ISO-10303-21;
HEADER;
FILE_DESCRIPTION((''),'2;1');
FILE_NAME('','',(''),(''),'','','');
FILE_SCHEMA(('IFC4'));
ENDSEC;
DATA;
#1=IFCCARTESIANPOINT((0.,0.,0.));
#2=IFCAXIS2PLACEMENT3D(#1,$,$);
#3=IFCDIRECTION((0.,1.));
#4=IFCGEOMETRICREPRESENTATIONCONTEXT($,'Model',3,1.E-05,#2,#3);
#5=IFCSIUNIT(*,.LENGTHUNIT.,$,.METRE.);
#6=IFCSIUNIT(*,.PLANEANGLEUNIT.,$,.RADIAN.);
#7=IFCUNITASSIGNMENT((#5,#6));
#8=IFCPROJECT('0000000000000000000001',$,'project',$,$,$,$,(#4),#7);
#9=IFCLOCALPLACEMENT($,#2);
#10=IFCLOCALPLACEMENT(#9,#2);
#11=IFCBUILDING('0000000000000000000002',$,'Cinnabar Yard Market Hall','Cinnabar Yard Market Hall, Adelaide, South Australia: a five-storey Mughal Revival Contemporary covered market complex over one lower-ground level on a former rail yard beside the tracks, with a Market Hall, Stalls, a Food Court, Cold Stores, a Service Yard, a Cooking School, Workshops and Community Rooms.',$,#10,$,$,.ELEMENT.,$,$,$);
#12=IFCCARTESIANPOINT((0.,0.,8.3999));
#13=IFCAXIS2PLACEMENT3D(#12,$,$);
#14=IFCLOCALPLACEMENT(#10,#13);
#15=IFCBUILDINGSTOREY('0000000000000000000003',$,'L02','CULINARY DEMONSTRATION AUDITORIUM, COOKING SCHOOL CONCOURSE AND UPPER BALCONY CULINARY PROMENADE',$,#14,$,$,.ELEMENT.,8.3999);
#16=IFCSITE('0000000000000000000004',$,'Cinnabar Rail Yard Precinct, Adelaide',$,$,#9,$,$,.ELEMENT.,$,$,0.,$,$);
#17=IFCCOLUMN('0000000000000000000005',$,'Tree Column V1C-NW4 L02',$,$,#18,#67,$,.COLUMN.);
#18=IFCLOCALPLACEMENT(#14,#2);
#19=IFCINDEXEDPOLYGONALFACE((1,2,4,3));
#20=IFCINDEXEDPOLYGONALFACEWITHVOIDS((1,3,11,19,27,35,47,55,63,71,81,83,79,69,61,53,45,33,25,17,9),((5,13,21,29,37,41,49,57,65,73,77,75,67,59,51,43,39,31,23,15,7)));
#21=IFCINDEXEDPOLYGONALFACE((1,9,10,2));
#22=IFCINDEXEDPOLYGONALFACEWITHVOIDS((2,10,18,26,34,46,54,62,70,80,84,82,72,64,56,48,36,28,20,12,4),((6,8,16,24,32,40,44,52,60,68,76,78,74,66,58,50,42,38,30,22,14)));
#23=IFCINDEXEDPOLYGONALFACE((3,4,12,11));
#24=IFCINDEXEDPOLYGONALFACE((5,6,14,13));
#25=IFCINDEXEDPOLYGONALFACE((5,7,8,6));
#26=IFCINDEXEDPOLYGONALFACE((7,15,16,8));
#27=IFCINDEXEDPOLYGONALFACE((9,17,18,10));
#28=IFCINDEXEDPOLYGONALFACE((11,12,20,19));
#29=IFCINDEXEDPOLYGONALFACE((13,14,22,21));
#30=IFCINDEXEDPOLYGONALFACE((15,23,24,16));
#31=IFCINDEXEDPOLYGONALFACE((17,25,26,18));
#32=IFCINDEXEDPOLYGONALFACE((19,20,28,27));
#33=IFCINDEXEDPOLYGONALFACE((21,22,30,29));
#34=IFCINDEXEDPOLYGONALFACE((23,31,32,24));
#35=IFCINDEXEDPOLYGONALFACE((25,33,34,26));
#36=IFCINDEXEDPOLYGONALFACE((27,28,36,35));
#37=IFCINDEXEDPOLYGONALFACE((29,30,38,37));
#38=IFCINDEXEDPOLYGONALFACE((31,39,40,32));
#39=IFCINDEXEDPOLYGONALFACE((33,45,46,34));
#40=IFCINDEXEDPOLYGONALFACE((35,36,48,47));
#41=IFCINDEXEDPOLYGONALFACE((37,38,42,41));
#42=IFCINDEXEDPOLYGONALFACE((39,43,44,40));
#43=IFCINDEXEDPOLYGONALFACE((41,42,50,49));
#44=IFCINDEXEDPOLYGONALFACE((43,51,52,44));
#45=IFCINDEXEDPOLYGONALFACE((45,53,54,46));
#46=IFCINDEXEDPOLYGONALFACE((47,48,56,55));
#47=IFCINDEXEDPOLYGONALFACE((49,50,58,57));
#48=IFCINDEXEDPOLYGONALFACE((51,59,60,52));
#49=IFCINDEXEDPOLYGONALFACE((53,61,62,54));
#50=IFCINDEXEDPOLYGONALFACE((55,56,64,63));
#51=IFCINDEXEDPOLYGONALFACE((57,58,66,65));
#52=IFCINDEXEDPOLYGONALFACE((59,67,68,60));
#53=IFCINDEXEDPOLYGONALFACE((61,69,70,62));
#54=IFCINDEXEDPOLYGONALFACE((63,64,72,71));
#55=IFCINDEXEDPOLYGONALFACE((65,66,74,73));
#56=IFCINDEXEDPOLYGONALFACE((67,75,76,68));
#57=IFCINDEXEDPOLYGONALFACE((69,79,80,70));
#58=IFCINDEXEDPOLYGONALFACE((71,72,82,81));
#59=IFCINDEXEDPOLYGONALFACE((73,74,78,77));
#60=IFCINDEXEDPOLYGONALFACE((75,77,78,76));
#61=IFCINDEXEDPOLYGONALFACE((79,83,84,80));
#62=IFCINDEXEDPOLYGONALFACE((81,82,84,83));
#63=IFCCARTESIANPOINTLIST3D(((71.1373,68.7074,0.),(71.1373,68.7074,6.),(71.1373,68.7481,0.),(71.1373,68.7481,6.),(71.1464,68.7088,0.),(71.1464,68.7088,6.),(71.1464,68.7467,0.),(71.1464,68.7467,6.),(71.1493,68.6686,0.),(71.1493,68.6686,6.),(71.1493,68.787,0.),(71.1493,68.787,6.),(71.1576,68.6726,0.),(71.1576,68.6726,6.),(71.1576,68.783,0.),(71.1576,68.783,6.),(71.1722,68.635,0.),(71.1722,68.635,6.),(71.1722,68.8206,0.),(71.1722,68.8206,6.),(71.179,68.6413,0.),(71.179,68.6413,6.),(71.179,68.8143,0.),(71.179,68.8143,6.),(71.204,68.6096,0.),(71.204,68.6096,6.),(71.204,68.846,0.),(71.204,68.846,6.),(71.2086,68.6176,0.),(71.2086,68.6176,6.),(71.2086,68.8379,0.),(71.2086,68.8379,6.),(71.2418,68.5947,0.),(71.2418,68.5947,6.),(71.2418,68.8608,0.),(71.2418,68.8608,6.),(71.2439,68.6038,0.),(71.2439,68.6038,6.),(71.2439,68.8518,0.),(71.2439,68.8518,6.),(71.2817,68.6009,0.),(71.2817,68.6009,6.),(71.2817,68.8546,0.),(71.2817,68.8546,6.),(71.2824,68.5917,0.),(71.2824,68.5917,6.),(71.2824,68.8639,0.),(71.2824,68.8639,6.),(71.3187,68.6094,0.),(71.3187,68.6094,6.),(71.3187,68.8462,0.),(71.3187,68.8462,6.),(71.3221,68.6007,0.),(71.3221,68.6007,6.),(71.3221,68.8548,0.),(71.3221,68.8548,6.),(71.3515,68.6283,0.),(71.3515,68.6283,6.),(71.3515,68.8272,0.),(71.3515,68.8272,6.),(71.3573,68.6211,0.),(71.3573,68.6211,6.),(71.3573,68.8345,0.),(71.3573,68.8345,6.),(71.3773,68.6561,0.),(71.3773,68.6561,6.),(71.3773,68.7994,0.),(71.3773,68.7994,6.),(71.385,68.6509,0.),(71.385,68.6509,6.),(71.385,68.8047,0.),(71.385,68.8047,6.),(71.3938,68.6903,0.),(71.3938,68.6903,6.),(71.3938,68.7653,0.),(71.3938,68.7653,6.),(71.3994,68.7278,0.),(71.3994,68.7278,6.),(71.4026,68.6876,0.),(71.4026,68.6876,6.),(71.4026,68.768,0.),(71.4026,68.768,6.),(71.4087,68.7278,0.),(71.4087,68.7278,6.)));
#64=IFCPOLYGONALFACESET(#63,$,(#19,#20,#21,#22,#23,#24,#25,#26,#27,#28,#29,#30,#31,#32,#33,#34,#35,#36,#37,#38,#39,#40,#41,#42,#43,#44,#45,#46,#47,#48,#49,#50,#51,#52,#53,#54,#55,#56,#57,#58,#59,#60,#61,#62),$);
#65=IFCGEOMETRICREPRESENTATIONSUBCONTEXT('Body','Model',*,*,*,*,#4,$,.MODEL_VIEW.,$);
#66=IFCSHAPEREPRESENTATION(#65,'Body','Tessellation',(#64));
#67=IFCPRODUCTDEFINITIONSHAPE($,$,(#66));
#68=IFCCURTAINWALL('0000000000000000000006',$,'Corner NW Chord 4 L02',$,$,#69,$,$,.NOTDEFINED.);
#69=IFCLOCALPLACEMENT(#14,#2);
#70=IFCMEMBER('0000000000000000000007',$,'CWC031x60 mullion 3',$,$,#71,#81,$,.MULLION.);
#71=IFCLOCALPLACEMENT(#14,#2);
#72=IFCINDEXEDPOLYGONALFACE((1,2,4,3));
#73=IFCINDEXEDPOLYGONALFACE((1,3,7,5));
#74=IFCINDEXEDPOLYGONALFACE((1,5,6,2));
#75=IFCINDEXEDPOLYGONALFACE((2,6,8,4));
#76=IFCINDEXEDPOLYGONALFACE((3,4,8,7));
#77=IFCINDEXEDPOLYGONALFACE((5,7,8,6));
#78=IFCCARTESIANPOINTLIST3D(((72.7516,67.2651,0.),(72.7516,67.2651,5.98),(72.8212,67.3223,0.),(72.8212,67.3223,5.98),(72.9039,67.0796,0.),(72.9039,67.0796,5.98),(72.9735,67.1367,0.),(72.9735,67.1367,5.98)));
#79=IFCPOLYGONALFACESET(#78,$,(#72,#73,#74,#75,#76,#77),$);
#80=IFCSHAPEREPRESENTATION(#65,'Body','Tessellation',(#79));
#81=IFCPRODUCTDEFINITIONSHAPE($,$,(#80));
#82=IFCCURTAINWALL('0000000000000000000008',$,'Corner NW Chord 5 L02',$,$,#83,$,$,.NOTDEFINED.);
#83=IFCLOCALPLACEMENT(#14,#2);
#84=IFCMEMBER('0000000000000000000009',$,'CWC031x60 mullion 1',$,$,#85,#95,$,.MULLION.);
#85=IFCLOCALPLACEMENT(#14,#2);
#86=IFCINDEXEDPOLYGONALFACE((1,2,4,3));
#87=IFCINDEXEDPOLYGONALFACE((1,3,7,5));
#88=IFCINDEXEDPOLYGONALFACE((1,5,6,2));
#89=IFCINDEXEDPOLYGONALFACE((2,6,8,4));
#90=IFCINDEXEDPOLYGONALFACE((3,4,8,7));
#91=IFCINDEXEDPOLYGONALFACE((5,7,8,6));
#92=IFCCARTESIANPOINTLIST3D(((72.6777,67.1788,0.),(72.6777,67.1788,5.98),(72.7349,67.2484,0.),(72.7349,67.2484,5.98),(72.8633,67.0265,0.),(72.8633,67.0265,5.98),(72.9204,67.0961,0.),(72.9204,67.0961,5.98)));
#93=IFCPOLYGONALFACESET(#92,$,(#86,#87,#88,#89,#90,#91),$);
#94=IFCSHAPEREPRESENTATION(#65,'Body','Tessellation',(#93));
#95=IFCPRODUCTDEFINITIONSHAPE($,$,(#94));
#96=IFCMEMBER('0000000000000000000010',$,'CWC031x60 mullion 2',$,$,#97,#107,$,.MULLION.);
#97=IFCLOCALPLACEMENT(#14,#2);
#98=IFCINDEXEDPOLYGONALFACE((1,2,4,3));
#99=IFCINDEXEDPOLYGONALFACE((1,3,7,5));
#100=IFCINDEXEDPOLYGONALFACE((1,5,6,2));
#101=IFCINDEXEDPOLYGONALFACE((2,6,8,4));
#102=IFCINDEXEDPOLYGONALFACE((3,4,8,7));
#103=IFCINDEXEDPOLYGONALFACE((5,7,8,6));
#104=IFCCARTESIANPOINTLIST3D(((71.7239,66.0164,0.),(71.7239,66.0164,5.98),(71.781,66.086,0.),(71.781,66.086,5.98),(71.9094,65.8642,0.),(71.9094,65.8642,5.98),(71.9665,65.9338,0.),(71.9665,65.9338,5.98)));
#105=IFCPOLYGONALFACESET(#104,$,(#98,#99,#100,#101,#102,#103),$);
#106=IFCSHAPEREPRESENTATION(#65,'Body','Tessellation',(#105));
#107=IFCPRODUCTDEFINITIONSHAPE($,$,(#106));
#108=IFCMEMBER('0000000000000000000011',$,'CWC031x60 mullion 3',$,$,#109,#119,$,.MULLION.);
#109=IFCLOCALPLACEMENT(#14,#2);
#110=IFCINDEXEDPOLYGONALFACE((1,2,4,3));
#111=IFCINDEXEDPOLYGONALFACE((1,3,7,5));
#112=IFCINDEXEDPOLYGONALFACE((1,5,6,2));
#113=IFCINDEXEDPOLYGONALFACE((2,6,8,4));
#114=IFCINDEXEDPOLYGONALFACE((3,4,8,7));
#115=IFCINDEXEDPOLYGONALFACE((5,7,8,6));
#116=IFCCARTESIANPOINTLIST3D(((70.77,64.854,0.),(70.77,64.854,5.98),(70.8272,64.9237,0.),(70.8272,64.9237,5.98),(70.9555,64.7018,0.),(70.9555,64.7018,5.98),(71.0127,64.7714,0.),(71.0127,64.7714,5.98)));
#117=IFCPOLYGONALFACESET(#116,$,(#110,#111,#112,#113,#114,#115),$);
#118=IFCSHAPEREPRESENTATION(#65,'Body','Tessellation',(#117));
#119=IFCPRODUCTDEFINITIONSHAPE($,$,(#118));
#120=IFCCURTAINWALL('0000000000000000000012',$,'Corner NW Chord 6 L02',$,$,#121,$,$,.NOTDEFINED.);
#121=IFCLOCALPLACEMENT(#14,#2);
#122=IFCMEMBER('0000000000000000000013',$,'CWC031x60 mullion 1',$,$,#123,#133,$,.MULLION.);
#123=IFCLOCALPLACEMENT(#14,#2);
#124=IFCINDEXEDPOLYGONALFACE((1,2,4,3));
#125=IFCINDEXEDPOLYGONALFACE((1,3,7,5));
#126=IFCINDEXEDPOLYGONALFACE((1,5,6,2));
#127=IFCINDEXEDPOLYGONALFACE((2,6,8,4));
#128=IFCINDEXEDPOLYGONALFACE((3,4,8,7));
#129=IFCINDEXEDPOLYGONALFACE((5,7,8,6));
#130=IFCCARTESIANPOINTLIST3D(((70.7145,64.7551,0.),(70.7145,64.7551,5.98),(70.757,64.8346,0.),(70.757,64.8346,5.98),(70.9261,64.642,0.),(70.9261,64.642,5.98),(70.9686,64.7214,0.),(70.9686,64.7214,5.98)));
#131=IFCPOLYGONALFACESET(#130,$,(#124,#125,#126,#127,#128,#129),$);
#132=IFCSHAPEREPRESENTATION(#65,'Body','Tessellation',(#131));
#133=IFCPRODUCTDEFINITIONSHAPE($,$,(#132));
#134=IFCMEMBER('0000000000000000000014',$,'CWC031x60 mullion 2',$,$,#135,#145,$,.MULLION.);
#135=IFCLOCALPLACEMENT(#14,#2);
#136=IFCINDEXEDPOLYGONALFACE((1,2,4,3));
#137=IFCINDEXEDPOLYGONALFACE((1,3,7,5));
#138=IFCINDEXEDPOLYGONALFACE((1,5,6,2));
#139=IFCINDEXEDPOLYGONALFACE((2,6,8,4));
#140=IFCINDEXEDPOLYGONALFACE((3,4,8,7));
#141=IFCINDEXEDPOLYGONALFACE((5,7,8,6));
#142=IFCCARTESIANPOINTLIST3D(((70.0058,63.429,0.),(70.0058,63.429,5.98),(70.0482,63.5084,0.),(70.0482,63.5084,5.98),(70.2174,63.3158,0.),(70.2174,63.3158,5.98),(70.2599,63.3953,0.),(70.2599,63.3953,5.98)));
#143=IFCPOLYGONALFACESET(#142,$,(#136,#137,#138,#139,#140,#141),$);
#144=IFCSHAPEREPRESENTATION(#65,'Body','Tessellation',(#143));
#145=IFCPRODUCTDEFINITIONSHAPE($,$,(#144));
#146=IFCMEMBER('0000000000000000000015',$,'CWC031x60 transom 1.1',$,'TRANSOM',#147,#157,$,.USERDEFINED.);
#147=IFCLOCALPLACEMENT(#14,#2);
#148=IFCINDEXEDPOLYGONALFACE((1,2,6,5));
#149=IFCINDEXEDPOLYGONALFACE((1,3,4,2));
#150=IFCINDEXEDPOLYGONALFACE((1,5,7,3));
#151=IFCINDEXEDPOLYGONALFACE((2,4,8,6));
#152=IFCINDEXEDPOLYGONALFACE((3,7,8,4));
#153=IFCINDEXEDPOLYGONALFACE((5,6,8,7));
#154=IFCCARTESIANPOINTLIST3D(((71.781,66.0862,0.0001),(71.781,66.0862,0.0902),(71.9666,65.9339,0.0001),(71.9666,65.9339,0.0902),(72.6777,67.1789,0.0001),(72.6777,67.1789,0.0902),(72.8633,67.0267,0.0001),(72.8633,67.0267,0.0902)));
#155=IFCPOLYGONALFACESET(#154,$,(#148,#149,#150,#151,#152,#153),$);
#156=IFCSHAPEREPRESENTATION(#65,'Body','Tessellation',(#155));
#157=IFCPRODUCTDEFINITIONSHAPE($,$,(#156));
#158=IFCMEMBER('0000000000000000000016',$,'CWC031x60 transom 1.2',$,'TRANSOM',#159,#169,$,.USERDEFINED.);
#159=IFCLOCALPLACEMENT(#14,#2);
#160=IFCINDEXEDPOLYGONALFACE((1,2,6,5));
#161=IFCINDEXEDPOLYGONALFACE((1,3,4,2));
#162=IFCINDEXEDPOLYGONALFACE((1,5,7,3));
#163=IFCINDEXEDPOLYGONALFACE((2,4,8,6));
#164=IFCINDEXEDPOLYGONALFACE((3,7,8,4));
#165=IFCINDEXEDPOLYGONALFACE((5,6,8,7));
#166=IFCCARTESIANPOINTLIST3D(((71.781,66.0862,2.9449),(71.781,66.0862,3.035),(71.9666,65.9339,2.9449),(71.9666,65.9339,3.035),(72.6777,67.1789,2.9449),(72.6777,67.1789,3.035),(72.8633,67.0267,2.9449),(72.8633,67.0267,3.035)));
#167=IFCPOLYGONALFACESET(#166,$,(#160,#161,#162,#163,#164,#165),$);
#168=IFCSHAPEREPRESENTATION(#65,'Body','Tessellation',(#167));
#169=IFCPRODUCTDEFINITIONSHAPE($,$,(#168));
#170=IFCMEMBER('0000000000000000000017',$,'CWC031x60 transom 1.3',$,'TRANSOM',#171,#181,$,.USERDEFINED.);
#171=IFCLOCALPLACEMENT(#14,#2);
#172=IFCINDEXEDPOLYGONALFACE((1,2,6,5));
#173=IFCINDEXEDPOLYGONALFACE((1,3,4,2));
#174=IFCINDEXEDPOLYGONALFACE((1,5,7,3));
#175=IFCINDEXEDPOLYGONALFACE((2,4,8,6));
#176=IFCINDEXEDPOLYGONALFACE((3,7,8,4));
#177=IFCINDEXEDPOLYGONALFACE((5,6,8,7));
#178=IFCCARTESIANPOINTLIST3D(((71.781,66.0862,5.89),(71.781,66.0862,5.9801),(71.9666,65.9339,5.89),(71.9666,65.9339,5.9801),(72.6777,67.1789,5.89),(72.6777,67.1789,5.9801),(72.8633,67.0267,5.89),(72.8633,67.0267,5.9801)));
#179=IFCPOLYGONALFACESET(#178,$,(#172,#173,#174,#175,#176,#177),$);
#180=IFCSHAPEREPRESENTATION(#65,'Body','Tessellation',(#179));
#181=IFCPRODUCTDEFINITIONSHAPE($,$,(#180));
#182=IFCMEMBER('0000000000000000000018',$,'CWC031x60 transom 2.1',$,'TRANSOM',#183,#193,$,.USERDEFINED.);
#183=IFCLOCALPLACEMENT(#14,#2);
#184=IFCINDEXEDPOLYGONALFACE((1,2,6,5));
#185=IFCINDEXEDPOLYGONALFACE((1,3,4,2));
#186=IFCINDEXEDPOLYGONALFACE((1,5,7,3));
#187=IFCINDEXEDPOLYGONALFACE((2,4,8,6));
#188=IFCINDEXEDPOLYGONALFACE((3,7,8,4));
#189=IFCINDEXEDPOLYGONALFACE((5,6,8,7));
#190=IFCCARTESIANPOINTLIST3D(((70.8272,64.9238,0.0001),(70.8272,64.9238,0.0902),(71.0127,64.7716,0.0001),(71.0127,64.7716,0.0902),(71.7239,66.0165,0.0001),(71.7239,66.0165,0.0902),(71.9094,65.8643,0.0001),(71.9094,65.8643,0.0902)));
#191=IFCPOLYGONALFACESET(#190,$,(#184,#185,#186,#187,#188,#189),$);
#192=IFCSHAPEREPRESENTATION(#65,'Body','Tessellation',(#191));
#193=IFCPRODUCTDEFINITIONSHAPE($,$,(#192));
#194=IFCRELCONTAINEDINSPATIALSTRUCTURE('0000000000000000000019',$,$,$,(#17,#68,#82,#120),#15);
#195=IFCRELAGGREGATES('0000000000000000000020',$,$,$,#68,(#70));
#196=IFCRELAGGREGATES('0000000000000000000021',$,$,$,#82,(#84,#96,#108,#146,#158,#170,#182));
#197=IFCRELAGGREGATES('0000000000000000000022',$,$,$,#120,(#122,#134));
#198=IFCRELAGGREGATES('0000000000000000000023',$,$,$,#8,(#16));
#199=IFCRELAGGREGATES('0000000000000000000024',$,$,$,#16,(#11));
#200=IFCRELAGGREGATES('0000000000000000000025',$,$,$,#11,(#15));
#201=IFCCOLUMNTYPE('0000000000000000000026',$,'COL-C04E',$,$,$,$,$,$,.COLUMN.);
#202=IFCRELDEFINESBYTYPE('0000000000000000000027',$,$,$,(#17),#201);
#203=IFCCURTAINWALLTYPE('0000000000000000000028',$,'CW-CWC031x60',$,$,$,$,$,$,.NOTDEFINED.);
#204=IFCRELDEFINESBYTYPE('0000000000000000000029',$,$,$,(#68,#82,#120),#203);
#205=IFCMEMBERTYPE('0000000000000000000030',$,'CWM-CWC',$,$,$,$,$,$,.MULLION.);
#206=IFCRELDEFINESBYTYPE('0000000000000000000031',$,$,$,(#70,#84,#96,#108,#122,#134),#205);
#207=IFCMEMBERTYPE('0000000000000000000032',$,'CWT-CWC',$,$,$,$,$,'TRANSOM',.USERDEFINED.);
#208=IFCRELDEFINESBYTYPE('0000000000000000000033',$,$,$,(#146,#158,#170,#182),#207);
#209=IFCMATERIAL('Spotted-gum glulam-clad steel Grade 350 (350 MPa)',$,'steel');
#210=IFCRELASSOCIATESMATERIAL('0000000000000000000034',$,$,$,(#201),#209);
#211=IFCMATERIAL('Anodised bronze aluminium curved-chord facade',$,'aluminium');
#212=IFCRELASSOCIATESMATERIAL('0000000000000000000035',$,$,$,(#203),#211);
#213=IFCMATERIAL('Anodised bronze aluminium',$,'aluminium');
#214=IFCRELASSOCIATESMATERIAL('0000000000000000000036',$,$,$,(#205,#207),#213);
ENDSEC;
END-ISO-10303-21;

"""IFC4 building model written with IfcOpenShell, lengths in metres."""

from ifc_helpers import new_model, si_unit, direction, frame, origin, origin_2d_with_axis, place, context, subcontext, project, spatial, rectangle, hollow_circle, extrude, material, material_profile, profile_set, type_object, element, aggregate, save


model = new_model("IFC4")

# Units and contexts
model_context = context("Model", 3, precision=1e-05, world=origin(), true_north=direction((0.0, 1.0)))
body_context = subcontext(model_context, "Body", "Model", "MODEL_VIEW")
ifc_project = project(units=[si_unit("LENGTHUNIT", "METRE"), si_unit("PLANEANGLEUNIT", "RADIAN")], contexts=[model_context])

# Site, building, storey
site_placement = place(None, origin())
site = spatial("IfcSite", under=ifc_project, at=site_placement, Name="Cinnabar Rail Yard Precinct, Adelaide", CompositionType="ELEMENT", RefElevation=0.0)
building_placement = place(site_placement, origin())
building = spatial("IfcBuilding", under=site, at=building_placement, Name="Cinnabar Yard Market Hall", Description="Cinnabar Yard Market Hall, Adelaide, South Australia: a five-storey Mughal Revival Contemporary covered market complex over one lower-ground level on a former rail yard beside the tracks, with a Market Hall, Stalls, a Food Court, Cold Stores, a Service Yard, a Cooking School, Workshops and Community Rooms.", CompositionType="ELEMENT")
storey_placement = place(building_placement, frame((0.0, 0.0, 8.3999)))
storey = spatial("IfcBuildingStorey", under=building, at=storey_placement, Name="L02", Description="CULINARY DEMONSTRATION AUDITORIUM, COOKING SCHOOL CONCOURSE AND UPPER BALCONY CULINARY PROMENADE", CompositionType="ELEMENT", Elevation=8.3999)

# Column
ifc_material_1 = material(Name="Spotted-gum glulam-clad steel Grade 350 (350 MPa)", Category="steel")
ifc_material_profile_1 = material_profile(ifc_material_1, hollow_circle(Radius=0.1365, WallThickness=0.0093, at=origin_2d_with_axis()), Name="273.1x9.3CHS")
ifc_profile_set_1 = profile_set([ifc_material_profile_1], Name="Spotted-gum glulam-clad steel Grade 350 (350 MPa)")
column_type = type_object("IfcColumnType", Name="COL-C04E", PredefinedType="COLUMN", material=ifc_profile_set_1)
column_placement = place(storey_placement, frame((71.2722, 68.7278, 0.0), z_axis=(0.0, 0.0, 1.0), x_axis=(1.0, 0.0, 0.0)))
element("IfcColumn", 1, at=column_placement, inside=storey, type_object=column_type, Name="Tree Column V1C-NW4 L02", PredefinedType="COLUMN", context=body_context, shape_type="SweptSolid", body=[
    extrude(hollow_circle(Radius=0.1365, WallThickness=0.0093, at=origin_2d_with_axis()), origin(), (0.0, 0.0, 1.0), 6.0),
])

# Curtain wall, member
ifc_material_2 = material(Name="Anodised bronze aluminium curved-chord facade", Category="aluminium")
curtain_wall_type = type_object("IfcCurtainWallType", Name="CW-CWC031x60", PredefinedType="NOTDEFINED", material=ifc_material_2)
curtain_wall_1_placement = place(storey_placement, origin())
curtain_wall_1 = element("IfcCurtainWall", 2, at=curtain_wall_1_placement, inside=storey, type_object=curtain_wall_type, Name="Corner NW Chord 4 L02", PredefinedType="NOTDEFINED")
ifc_material_3 = material(Name="Anodised bronze aluminium", Category="aluminium")
ifc_material_profile_2 = material_profile(ifc_material_3, rectangle(XDim=0.24, YDim=0.0901, at=origin_2d_with_axis()), Name="MUL-CWC")
ifc_profile_set_2 = profile_set([ifc_material_profile_2], Name="Anodised bronze aluminium")
member_type_1 = type_object("IfcMemberType", Name="CWM-CWC", PredefinedType="MULLION", material=ifc_profile_set_2)
member_1_placement = place(storey_placement, frame((72.8625, 67.2009, 0.0), z_axis=(0.0, 0.0, 1.0), x_axis=(0.634383, -0.773019, 0.0)))
member_1 = element("IfcMember", 3, at=member_1_placement, type_object=member_type_1, Name="CWC031x60 mullion 3", PredefinedType="MULLION", context=body_context, shape_type="SweptSolid", body=[
    extrude(rectangle(XDim=0.24, YDim=0.0901, at=origin_2d_with_axis()), origin(), (0.0, 0.0, 1.0), 5.98),
])

# Curtain walls, members
curtain_wall_2_placement = place(storey_placement, origin())
curtain_wall_2 = element("IfcCurtainWall", 4, at=curtain_wall_2_placement, inside=storey, type_object=curtain_wall_type, Name="Corner NW Chord 5 L02", PredefinedType="NOTDEFINED")
member_2_placement = place(storey_placement, frame((72.7991, 67.1375, 0.0), z_axis=(0.0, 0.0, 1.0), x_axis=(0.773019, -0.634383, 0.0)))
member_2 = element("IfcMember", 5, at=member_2_placement, type_object=member_type_1, Name="CWC031x60 mullion 1", PredefinedType="MULLION", context=body_context, shape_type="SweptSolid", body=[
    extrude(rectangle(XDim=0.24, YDim=0.0901, at=origin_2d_with_axis()), origin(), (0.0, 0.0, 1.0), 5.98),
])
member_3_placement = place(storey_placement, frame((71.8452, 65.9751, 0.0), z_axis=(0.0, 0.0, 1.0), x_axis=(0.773019, -0.634383, 0.0)))
member_3 = element("IfcMember", 6, at=member_3_placement, type_object=member_type_1, Name="CWC031x60 mullion 2", PredefinedType="MULLION", context=body_context, shape_type="SweptSolid", body=[
    extrude(rectangle(XDim=0.24, YDim=0.0901, at=origin_2d_with_axis()), origin(), (0.0, 0.0, 1.0), 5.98),
])
member_4_placement = place(storey_placement, frame((70.8914, 64.8127, 0.0), z_axis=(0.0, 0.0, 1.0), x_axis=(0.773019, -0.634383, 0.0)))
member_4 = element("IfcMember", 7, at=member_4_placement, type_object=member_type_1, Name="CWC031x60 mullion 3", PredefinedType="MULLION", context=body_context, shape_type="SweptSolid", body=[
    extrude(rectangle(XDim=0.24, YDim=0.0901, at=origin_2d_with_axis()), origin(), (0.0, 0.0, 1.0), 5.98),
])
curtain_wall_3_placement = place(storey_placement, origin())
curtain_wall_3 = element("IfcCurtainWall", 8, at=curtain_wall_3_placement, inside=storey, type_object=curtain_wall_type, Name="Corner NW Chord 6 L02", PredefinedType="NOTDEFINED")
member_5_placement = place(storey_placement, frame((70.8416, 64.7383, 0.0), z_axis=(0.0, 0.0, 1.0), x_axis=(0.881917, -0.471404, 0.0)))
member_5 = element("IfcMember", 9, at=member_5_placement, type_object=member_type_1, Name="CWC031x60 mullion 1", PredefinedType="MULLION", context=body_context, shape_type="SweptSolid", body=[
    extrude(rectangle(XDim=0.24, YDim=0.0901, at=origin_2d_with_axis()), origin(), (0.0, 0.0, 1.0), 5.98),
])
member_6_placement = place(storey_placement, frame((70.1328, 63.4121, 0.0), z_axis=(0.0, 0.0, 1.0), x_axis=(0.881917, -0.471404, 0.0)))
member_6 = element("IfcMember", 10, at=member_6_placement, type_object=member_type_1, Name="CWC031x60 mullion 2", PredefinedType="MULLION", context=body_context, shape_type="SweptSolid", body=[
    extrude(rectangle(XDim=0.24, YDim=0.0901, at=origin_2d_with_axis()), origin(), (0.0, 0.0, 1.0), 5.98),
])

# Members
ifc_material_profile_3 = material_profile(ifc_material_3, rectangle(XDim=0.24, YDim=0.0901, at=origin_2d_with_axis()), Name="TRN-CWC")
ifc_profile_set_3 = profile_set([ifc_material_profile_3], Name="Anodised bronze aluminium")
member_type_2 = type_object("IfcMemberType", Name="CWT-CWC", ElementType="TRANSOM", PredefinedType="USERDEFINED", material=ifc_profile_set_3)
member_7_placement = place(storey_placement, frame((72.7705, 67.1028, 0.0452), z_axis=(-0.634356, -0.773041, 0.0), x_axis=(0.773041, -0.634356, 0.0)))
member_7 = element("IfcMember", 11, at=member_7_placement, type_object=member_type_2, Name="CWC031x60 transom 1.1", ObjectType="TRANSOM", PredefinedType="USERDEFINED", context=body_context, shape_type="SweptSolid", body=[
    extrude(rectangle(XDim=0.24, YDim=0.0901, at=origin_2d_with_axis()), origin(), (0.0, 0.0, 1.0), 1.4136),
])
member_8_placement = place(storey_placement, frame((72.7705, 67.1028, 2.99), z_axis=(-0.634356, -0.773041, 0.0), x_axis=(0.773041, -0.634356, 0.0)))
member_8 = element("IfcMember", 12, at=member_8_placement, type_object=member_type_2, Name="CWC031x60 transom 1.2", ObjectType="TRANSOM", PredefinedType="USERDEFINED", context=body_context, shape_type="SweptSolid", body=[
    extrude(rectangle(XDim=0.24, YDim=0.0901, at=origin_2d_with_axis()), origin(), (0.0, 0.0, 1.0), 1.4136),
])
member_9_placement = place(storey_placement, frame((72.7705, 67.1028, 5.9351), z_axis=(-0.634356, -0.773041, 0.0), x_axis=(0.773041, -0.634356, 0.0)))
member_9 = element("IfcMember", 13, at=member_9_placement, type_object=member_type_2, Name="CWC031x60 transom 1.3", ObjectType="TRANSOM", PredefinedType="USERDEFINED", context=body_context, shape_type="SweptSolid", body=[
    extrude(rectangle(XDim=0.24, YDim=0.0901, at=origin_2d_with_axis()), origin(), (0.0, 0.0, 1.0), 1.4136),
])
member_10_placement = place(storey_placement, frame((71.8167, 65.9404, 0.0452), z_axis=(-0.634356, -0.773041, 0.0), x_axis=(0.773041, -0.634356, 0.0)))
member_10 = element("IfcMember", 14, at=member_10_placement, type_object=member_type_2, Name="CWC031x60 transom 2.1", ObjectType="TRANSOM", PredefinedType="USERDEFINED", context=body_context, shape_type="SweptSolid", body=[
    extrude(rectangle(XDim=0.24, YDim=0.0901, at=origin_2d_with_axis()), origin(), (0.0, 0.0, 1.0), 1.4136),
])

aggregate(curtain_wall_1, [member_1])
aggregate(curtain_wall_2, [member_2, member_3, member_4, member_7, member_8, member_9, member_10])
aggregate(curtain_wall_3, [member_5, member_6])

save(model, "model.ifc")
